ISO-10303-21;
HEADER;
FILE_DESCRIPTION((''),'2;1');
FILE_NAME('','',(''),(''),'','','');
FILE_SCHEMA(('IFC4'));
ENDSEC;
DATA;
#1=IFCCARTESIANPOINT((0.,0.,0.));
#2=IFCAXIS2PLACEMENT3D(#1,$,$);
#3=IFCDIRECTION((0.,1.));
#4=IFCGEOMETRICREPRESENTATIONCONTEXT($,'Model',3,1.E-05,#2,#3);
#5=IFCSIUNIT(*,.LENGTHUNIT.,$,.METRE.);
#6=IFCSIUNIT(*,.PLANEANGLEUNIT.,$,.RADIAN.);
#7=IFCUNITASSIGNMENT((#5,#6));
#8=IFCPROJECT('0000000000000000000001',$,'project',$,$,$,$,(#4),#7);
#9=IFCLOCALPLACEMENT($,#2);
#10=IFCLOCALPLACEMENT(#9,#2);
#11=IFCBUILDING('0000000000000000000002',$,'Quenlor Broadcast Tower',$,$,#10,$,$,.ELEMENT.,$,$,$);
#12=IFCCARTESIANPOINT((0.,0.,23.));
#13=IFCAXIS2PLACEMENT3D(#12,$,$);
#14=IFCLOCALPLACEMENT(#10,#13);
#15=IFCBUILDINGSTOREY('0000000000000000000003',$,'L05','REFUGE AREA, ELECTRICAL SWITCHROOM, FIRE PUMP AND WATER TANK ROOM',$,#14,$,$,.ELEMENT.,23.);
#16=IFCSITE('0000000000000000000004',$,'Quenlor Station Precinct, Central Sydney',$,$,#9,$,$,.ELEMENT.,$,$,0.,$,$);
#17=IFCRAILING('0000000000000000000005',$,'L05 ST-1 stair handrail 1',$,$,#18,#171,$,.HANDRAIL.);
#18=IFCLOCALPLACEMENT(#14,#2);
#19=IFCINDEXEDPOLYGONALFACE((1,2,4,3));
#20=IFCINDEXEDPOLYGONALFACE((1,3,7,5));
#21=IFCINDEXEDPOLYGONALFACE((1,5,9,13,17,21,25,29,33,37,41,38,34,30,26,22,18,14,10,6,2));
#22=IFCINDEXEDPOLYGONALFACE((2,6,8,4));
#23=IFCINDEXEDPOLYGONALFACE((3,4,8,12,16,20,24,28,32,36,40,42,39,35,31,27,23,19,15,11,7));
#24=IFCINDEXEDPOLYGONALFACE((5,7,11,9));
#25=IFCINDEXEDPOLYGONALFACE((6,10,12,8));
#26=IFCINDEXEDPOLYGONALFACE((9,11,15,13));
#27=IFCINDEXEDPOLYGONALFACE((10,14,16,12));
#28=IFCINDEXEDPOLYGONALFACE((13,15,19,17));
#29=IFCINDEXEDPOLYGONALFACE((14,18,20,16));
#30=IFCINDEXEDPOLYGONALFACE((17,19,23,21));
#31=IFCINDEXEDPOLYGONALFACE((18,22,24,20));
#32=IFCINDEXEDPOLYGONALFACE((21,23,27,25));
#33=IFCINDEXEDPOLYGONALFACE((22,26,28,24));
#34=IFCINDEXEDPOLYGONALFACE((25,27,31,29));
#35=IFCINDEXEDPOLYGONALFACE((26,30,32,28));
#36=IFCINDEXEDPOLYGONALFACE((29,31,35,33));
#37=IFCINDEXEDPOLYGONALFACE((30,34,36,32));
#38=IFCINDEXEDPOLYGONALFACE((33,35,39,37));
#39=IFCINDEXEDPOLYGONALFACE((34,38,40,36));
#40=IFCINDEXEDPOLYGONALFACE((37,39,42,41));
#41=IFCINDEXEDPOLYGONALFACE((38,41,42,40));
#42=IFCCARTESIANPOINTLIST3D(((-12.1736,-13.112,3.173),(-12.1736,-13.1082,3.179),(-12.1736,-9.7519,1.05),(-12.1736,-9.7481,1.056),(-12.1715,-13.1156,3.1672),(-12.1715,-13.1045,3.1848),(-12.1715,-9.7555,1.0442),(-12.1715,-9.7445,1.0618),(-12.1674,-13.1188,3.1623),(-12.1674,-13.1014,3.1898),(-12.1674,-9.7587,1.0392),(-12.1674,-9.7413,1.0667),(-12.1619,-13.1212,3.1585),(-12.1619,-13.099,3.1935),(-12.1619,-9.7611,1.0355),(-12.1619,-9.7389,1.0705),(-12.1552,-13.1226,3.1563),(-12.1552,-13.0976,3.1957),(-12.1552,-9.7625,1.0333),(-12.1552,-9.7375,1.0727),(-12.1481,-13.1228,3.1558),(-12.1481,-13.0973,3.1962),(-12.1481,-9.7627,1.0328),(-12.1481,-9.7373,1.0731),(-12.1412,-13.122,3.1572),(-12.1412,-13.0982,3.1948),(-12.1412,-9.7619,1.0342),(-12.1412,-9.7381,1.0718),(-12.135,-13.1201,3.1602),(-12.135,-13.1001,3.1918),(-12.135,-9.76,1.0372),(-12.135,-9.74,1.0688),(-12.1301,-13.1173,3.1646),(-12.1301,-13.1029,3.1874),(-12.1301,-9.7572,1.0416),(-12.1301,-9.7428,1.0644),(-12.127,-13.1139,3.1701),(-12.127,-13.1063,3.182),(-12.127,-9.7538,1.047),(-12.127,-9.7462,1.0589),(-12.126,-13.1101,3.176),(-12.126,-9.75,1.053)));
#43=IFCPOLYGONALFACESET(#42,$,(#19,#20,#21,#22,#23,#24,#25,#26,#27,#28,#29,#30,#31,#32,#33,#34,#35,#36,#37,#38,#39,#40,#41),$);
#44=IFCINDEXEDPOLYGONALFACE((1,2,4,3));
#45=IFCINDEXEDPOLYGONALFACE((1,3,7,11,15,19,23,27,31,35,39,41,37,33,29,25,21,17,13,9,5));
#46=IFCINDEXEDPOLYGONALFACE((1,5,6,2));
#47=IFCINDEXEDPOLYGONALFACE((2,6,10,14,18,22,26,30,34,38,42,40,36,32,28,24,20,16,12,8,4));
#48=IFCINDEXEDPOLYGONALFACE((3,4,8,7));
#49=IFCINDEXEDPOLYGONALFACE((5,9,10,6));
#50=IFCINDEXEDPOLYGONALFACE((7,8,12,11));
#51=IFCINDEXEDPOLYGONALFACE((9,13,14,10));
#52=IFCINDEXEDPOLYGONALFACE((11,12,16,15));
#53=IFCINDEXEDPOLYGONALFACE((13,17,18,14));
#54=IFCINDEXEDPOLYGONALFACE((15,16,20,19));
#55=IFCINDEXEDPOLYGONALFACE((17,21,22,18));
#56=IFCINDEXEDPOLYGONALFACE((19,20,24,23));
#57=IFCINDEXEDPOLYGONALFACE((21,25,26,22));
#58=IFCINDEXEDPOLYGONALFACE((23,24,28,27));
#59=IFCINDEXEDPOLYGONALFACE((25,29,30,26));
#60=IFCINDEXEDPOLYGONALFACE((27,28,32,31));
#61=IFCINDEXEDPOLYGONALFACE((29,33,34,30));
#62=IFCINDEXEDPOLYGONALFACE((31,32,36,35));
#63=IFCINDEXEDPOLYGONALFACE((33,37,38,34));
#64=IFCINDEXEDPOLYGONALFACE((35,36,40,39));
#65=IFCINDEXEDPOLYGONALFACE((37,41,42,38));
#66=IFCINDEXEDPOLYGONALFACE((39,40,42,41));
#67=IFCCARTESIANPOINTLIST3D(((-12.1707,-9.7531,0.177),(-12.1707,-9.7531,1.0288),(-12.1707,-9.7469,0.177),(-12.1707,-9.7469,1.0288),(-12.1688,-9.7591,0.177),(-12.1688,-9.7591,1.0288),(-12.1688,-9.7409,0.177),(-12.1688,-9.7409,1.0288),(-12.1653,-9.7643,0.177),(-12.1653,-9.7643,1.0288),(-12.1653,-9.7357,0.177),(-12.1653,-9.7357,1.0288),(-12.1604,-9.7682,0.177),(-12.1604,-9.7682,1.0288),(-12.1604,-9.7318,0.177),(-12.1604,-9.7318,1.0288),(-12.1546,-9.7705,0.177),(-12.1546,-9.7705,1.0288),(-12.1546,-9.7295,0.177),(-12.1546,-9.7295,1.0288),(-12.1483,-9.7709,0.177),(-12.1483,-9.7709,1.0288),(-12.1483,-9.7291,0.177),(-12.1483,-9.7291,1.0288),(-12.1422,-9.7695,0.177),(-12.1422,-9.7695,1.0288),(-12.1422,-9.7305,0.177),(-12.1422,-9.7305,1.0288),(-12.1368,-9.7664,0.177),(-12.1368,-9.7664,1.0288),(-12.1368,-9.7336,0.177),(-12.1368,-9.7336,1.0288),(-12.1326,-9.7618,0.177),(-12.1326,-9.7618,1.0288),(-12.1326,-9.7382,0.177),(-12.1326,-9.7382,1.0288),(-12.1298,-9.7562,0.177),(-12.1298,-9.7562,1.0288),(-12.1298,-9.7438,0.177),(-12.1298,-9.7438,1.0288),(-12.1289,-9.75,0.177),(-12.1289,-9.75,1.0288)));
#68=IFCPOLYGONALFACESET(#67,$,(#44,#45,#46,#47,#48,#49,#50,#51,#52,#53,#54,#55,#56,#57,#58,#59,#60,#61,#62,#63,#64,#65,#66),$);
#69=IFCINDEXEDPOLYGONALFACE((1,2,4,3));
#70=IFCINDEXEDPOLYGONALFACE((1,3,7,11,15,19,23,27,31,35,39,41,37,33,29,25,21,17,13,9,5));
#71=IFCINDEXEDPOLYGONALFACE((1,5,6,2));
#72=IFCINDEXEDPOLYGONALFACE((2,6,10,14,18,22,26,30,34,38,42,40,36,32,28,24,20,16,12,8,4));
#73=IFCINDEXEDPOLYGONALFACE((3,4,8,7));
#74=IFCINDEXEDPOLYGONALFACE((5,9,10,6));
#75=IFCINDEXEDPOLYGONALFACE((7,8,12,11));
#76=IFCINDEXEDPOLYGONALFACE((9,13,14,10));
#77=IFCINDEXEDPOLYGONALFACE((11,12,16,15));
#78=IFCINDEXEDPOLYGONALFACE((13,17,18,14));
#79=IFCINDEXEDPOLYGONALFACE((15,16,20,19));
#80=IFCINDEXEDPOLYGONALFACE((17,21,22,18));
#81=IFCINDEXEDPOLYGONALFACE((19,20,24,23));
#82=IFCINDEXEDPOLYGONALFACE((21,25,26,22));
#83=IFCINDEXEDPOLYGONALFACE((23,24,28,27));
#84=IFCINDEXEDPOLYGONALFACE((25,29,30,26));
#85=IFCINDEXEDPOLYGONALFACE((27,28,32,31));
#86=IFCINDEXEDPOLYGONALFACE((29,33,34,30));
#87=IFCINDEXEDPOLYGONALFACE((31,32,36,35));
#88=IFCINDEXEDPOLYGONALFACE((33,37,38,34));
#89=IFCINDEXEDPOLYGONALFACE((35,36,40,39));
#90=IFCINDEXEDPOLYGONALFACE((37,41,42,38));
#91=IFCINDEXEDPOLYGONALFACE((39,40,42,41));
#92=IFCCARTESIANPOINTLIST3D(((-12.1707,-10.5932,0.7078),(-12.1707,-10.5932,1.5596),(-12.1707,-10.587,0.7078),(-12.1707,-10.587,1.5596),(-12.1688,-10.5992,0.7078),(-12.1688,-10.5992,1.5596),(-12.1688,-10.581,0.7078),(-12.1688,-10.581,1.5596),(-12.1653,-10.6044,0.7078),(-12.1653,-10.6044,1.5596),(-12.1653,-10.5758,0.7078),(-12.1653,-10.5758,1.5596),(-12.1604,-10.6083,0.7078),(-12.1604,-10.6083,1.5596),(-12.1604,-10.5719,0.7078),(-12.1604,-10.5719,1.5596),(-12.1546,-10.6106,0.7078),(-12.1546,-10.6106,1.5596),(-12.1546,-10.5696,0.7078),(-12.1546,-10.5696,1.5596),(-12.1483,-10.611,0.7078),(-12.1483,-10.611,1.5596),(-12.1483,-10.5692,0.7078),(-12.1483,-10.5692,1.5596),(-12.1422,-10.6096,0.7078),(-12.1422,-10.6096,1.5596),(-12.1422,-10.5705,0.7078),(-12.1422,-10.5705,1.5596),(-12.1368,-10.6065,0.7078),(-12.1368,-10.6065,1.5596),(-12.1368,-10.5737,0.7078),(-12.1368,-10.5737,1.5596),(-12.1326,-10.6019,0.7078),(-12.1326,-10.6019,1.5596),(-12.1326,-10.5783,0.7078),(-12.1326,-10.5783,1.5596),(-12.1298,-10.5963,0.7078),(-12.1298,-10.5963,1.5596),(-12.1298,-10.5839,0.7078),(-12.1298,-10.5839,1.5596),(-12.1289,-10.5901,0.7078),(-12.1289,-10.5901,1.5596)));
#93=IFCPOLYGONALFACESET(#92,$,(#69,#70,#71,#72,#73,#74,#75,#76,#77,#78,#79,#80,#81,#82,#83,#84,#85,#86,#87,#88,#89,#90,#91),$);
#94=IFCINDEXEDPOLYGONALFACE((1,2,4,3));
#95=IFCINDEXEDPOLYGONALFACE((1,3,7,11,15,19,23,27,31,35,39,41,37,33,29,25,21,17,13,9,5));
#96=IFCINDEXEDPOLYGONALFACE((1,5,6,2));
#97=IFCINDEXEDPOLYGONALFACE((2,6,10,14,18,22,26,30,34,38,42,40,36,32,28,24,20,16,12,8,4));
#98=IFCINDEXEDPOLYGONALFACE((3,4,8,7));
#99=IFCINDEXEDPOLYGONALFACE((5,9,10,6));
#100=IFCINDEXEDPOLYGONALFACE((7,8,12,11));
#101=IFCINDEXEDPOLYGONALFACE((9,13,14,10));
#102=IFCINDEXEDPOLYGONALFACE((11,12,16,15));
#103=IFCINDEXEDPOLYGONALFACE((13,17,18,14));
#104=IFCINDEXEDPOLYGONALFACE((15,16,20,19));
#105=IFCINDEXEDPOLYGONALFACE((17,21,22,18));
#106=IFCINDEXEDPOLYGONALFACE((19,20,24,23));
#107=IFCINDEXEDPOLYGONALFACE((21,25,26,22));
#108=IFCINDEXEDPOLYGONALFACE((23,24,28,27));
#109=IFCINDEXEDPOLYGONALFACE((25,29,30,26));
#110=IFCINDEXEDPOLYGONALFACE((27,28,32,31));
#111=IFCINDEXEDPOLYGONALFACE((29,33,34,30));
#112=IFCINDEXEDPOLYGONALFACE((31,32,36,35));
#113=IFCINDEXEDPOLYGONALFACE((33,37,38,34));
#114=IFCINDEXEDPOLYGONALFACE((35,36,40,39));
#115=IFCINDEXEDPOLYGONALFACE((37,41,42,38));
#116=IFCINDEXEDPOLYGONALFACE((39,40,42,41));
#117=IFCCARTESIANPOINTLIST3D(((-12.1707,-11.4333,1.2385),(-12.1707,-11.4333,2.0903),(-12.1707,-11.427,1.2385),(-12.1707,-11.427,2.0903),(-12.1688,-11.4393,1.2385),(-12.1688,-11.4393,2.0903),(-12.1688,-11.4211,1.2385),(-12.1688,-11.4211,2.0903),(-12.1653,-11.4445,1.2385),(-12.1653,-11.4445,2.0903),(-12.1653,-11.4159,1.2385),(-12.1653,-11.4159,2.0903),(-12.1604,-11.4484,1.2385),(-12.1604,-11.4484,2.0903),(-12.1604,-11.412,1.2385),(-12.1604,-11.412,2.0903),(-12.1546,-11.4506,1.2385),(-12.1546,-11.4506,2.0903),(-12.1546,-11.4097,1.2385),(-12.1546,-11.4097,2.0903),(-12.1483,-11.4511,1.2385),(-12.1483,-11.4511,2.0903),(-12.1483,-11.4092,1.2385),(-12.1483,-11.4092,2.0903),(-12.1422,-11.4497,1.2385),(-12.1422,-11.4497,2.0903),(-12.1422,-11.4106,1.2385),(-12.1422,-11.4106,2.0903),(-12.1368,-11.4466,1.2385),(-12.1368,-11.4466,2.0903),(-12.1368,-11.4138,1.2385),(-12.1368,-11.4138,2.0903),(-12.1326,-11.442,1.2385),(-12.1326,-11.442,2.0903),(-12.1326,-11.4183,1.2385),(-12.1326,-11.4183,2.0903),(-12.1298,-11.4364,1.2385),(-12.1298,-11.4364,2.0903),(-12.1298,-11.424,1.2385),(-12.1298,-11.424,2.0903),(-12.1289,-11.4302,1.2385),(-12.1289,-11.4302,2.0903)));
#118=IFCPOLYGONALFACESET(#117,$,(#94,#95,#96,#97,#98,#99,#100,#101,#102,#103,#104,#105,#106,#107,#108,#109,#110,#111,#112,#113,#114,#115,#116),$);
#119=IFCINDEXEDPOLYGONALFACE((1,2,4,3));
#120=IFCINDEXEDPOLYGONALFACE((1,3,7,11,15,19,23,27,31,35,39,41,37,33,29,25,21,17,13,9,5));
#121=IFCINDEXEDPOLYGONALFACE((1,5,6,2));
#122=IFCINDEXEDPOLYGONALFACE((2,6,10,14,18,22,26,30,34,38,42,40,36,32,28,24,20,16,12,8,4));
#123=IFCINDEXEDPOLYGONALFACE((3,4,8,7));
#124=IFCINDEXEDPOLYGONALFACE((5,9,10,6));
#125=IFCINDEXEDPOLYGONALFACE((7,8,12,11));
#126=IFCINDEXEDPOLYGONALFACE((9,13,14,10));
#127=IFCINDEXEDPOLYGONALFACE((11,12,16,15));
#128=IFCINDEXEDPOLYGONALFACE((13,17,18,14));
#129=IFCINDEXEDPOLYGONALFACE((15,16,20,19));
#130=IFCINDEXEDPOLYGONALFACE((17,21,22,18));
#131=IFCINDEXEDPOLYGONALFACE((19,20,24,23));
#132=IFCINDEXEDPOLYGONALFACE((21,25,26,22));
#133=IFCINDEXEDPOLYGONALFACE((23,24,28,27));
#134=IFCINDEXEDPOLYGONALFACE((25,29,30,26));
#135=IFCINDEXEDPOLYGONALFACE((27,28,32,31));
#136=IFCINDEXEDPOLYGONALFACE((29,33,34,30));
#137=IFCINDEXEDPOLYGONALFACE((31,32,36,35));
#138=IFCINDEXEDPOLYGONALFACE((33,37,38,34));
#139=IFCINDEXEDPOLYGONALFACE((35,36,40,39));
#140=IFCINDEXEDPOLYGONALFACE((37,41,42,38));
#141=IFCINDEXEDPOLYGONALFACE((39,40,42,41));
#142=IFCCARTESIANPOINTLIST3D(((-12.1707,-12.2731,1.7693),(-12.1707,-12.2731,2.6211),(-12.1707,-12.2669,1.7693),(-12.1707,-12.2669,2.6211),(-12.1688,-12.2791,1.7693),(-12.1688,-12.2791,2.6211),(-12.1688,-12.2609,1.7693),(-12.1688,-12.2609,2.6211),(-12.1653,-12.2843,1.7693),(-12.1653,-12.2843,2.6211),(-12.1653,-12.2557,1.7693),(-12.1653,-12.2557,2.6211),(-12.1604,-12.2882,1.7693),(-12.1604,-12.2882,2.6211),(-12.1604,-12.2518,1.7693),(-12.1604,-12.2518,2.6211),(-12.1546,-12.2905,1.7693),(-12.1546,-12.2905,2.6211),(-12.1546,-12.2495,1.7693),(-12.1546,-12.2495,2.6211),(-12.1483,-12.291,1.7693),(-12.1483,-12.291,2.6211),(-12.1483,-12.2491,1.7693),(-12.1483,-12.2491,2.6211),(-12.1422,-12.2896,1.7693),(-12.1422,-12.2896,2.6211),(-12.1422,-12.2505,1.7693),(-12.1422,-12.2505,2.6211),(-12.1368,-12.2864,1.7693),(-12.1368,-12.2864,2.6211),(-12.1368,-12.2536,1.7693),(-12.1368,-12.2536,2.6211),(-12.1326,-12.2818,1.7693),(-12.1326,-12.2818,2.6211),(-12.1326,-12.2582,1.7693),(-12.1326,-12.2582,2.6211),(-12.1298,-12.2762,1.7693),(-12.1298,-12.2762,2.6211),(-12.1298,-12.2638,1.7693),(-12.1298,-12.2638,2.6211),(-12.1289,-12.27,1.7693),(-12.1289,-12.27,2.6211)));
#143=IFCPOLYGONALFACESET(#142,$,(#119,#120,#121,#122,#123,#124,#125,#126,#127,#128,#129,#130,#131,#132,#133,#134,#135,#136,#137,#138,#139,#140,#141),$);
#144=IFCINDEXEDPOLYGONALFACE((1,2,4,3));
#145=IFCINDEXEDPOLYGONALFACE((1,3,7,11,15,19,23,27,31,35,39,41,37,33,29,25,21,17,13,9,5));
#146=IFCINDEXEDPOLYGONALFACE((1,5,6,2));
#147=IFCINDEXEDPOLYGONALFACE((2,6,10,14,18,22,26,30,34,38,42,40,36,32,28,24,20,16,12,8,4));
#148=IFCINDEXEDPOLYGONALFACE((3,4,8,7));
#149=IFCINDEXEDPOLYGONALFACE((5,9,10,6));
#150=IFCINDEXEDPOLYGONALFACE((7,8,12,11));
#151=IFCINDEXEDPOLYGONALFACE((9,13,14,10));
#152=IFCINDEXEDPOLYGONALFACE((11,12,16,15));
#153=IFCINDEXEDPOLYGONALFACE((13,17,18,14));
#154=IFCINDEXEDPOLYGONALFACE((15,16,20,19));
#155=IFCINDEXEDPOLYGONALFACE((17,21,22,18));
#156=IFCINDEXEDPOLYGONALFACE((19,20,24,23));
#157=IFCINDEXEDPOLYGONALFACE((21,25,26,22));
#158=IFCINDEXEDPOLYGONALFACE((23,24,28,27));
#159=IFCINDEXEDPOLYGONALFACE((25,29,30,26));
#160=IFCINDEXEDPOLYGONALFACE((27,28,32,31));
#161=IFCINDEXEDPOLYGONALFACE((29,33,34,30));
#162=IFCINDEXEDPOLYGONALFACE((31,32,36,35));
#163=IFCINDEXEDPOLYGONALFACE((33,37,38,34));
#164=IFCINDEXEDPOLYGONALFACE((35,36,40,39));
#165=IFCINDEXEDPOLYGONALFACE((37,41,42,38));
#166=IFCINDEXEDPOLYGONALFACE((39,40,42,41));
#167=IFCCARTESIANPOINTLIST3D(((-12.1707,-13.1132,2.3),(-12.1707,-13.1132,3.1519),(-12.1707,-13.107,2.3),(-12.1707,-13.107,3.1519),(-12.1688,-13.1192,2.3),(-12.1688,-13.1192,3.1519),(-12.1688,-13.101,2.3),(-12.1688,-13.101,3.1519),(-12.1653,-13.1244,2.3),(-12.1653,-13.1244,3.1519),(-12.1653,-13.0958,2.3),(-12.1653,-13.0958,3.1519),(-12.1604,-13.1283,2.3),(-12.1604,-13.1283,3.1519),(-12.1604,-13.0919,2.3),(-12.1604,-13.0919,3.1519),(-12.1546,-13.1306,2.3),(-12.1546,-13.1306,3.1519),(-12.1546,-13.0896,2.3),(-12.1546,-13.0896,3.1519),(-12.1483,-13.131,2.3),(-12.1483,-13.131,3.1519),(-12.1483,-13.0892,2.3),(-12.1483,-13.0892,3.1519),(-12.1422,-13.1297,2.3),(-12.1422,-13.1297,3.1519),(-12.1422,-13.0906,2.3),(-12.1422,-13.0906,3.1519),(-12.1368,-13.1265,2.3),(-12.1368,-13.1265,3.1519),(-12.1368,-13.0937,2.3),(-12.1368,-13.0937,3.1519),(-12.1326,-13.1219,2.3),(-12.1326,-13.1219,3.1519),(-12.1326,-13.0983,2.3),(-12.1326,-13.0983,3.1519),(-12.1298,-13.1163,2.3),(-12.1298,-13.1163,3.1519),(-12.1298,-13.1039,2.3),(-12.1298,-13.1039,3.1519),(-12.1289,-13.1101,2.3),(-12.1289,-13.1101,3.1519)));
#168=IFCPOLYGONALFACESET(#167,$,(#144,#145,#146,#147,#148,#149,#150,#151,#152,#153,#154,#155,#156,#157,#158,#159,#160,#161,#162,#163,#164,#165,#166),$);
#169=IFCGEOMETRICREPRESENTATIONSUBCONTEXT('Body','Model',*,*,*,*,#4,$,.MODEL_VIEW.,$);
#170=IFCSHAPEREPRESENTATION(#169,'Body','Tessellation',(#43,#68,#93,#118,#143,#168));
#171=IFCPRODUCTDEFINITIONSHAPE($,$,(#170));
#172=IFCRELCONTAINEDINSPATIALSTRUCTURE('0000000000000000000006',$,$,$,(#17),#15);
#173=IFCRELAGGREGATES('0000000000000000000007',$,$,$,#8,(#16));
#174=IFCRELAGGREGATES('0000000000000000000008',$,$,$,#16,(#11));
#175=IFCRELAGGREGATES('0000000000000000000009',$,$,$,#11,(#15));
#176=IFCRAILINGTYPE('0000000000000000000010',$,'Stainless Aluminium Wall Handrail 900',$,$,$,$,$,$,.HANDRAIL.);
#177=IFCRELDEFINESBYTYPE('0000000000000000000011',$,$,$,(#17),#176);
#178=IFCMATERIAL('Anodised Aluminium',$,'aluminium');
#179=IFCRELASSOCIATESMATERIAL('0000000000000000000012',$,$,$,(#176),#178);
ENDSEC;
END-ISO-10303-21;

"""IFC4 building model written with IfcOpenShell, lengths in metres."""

from ifc_helpers import new_model, si_unit, direction, frame, origin, origin_2d, place, context, subcontext, project, spatial, circle, extrude, material, type_object, element, save


model = new_model("IFC4")

# Units and contexts
model_context = context("Model", 3, precision=1e-05, world=origin(), true_north=direction((0.0, 1.0)))
body_context = subcontext(model_context, "Body", "Model", "MODEL_VIEW")
ifc_project = project(units=[si_unit("LENGTHUNIT", "METRE"), si_unit("PLANEANGLEUNIT", "RADIAN")], contexts=[model_context])

# Site, building, storey
site_placement = place(None, origin())
site = spatial("IfcSite", under=ifc_project, at=site_placement, Name="Quenlor Station Precinct, Central Sydney", CompositionType="ELEMENT", RefElevation=0.0)
building_placement = place(site_placement, origin())
building = spatial("IfcBuilding", under=site, at=building_placement, Name="Quenlor Broadcast Tower", CompositionType="ELEMENT")
storey_placement = place(building_placement, frame((0.0, 0.0, 23.0)))
storey = spatial("IfcBuildingStorey", under=building, at=storey_placement, Name="L05", Description="REFUGE AREA, ELECTRICAL SWITCHROOM, FIRE PUMP AND WATER TANK ROOM", CompositionType="ELEMENT", Elevation=23.0)

# Railing
ifc_material_1 = material(Name="Anodised Aluminium", Category="aluminium")
railing_type_1 = type_object("IfcRailingType", Name="Stainless Aluminium Wall Handrail 900", PredefinedType="HANDRAIL", material=ifc_material_1)
railing_1_placement = place(storey_placement, frame((-12.1499, -9.75, 0.177)))
element("IfcRailing", 1, at=railing_1_placement, inside=storey, type_object=railing_type_1, Name="L05 ST-1 stair handrail 1", PredefinedType="HANDRAIL", context=body_context, shape_type="SweptSolid", body=[
    extrude(circle(Radius=0.0239, at=origin_2d()), frame((0.0, 0.0, 0.876), z_axis=(0.0, -0.84539, 0.53415), x_axis=(1.0, 0.0, 0.0)), (0.0, 0.0, 1.0), 3.9746),
    extrude(circle(Radius=0.021, at=origin_2d()), origin(), (0.0, 0.0, 1.0), 0.8518),
    extrude(circle(Radius=0.021, at=origin_2d()), frame((0.0, -0.8401, 0.5308)), (0.0, 0.0, 1.0), 0.8518),
    extrude(circle(Radius=0.021, at=origin_2d()), frame((0.0, -1.6802, 1.0615)), (0.0, 0.0, 1.0), 0.8518),
    extrude(circle(Radius=0.021, at=origin_2d()), frame((0.0, -2.52, 1.5923)), (0.0, 0.0, 1.0), 0.8518),
    extrude(circle(Radius=0.021, at=origin_2d()), frame((0.0, -3.3601, 2.123)), (0.0, 0.0, 1.0), 0.8518),
])

save(model, "model.ifc")
